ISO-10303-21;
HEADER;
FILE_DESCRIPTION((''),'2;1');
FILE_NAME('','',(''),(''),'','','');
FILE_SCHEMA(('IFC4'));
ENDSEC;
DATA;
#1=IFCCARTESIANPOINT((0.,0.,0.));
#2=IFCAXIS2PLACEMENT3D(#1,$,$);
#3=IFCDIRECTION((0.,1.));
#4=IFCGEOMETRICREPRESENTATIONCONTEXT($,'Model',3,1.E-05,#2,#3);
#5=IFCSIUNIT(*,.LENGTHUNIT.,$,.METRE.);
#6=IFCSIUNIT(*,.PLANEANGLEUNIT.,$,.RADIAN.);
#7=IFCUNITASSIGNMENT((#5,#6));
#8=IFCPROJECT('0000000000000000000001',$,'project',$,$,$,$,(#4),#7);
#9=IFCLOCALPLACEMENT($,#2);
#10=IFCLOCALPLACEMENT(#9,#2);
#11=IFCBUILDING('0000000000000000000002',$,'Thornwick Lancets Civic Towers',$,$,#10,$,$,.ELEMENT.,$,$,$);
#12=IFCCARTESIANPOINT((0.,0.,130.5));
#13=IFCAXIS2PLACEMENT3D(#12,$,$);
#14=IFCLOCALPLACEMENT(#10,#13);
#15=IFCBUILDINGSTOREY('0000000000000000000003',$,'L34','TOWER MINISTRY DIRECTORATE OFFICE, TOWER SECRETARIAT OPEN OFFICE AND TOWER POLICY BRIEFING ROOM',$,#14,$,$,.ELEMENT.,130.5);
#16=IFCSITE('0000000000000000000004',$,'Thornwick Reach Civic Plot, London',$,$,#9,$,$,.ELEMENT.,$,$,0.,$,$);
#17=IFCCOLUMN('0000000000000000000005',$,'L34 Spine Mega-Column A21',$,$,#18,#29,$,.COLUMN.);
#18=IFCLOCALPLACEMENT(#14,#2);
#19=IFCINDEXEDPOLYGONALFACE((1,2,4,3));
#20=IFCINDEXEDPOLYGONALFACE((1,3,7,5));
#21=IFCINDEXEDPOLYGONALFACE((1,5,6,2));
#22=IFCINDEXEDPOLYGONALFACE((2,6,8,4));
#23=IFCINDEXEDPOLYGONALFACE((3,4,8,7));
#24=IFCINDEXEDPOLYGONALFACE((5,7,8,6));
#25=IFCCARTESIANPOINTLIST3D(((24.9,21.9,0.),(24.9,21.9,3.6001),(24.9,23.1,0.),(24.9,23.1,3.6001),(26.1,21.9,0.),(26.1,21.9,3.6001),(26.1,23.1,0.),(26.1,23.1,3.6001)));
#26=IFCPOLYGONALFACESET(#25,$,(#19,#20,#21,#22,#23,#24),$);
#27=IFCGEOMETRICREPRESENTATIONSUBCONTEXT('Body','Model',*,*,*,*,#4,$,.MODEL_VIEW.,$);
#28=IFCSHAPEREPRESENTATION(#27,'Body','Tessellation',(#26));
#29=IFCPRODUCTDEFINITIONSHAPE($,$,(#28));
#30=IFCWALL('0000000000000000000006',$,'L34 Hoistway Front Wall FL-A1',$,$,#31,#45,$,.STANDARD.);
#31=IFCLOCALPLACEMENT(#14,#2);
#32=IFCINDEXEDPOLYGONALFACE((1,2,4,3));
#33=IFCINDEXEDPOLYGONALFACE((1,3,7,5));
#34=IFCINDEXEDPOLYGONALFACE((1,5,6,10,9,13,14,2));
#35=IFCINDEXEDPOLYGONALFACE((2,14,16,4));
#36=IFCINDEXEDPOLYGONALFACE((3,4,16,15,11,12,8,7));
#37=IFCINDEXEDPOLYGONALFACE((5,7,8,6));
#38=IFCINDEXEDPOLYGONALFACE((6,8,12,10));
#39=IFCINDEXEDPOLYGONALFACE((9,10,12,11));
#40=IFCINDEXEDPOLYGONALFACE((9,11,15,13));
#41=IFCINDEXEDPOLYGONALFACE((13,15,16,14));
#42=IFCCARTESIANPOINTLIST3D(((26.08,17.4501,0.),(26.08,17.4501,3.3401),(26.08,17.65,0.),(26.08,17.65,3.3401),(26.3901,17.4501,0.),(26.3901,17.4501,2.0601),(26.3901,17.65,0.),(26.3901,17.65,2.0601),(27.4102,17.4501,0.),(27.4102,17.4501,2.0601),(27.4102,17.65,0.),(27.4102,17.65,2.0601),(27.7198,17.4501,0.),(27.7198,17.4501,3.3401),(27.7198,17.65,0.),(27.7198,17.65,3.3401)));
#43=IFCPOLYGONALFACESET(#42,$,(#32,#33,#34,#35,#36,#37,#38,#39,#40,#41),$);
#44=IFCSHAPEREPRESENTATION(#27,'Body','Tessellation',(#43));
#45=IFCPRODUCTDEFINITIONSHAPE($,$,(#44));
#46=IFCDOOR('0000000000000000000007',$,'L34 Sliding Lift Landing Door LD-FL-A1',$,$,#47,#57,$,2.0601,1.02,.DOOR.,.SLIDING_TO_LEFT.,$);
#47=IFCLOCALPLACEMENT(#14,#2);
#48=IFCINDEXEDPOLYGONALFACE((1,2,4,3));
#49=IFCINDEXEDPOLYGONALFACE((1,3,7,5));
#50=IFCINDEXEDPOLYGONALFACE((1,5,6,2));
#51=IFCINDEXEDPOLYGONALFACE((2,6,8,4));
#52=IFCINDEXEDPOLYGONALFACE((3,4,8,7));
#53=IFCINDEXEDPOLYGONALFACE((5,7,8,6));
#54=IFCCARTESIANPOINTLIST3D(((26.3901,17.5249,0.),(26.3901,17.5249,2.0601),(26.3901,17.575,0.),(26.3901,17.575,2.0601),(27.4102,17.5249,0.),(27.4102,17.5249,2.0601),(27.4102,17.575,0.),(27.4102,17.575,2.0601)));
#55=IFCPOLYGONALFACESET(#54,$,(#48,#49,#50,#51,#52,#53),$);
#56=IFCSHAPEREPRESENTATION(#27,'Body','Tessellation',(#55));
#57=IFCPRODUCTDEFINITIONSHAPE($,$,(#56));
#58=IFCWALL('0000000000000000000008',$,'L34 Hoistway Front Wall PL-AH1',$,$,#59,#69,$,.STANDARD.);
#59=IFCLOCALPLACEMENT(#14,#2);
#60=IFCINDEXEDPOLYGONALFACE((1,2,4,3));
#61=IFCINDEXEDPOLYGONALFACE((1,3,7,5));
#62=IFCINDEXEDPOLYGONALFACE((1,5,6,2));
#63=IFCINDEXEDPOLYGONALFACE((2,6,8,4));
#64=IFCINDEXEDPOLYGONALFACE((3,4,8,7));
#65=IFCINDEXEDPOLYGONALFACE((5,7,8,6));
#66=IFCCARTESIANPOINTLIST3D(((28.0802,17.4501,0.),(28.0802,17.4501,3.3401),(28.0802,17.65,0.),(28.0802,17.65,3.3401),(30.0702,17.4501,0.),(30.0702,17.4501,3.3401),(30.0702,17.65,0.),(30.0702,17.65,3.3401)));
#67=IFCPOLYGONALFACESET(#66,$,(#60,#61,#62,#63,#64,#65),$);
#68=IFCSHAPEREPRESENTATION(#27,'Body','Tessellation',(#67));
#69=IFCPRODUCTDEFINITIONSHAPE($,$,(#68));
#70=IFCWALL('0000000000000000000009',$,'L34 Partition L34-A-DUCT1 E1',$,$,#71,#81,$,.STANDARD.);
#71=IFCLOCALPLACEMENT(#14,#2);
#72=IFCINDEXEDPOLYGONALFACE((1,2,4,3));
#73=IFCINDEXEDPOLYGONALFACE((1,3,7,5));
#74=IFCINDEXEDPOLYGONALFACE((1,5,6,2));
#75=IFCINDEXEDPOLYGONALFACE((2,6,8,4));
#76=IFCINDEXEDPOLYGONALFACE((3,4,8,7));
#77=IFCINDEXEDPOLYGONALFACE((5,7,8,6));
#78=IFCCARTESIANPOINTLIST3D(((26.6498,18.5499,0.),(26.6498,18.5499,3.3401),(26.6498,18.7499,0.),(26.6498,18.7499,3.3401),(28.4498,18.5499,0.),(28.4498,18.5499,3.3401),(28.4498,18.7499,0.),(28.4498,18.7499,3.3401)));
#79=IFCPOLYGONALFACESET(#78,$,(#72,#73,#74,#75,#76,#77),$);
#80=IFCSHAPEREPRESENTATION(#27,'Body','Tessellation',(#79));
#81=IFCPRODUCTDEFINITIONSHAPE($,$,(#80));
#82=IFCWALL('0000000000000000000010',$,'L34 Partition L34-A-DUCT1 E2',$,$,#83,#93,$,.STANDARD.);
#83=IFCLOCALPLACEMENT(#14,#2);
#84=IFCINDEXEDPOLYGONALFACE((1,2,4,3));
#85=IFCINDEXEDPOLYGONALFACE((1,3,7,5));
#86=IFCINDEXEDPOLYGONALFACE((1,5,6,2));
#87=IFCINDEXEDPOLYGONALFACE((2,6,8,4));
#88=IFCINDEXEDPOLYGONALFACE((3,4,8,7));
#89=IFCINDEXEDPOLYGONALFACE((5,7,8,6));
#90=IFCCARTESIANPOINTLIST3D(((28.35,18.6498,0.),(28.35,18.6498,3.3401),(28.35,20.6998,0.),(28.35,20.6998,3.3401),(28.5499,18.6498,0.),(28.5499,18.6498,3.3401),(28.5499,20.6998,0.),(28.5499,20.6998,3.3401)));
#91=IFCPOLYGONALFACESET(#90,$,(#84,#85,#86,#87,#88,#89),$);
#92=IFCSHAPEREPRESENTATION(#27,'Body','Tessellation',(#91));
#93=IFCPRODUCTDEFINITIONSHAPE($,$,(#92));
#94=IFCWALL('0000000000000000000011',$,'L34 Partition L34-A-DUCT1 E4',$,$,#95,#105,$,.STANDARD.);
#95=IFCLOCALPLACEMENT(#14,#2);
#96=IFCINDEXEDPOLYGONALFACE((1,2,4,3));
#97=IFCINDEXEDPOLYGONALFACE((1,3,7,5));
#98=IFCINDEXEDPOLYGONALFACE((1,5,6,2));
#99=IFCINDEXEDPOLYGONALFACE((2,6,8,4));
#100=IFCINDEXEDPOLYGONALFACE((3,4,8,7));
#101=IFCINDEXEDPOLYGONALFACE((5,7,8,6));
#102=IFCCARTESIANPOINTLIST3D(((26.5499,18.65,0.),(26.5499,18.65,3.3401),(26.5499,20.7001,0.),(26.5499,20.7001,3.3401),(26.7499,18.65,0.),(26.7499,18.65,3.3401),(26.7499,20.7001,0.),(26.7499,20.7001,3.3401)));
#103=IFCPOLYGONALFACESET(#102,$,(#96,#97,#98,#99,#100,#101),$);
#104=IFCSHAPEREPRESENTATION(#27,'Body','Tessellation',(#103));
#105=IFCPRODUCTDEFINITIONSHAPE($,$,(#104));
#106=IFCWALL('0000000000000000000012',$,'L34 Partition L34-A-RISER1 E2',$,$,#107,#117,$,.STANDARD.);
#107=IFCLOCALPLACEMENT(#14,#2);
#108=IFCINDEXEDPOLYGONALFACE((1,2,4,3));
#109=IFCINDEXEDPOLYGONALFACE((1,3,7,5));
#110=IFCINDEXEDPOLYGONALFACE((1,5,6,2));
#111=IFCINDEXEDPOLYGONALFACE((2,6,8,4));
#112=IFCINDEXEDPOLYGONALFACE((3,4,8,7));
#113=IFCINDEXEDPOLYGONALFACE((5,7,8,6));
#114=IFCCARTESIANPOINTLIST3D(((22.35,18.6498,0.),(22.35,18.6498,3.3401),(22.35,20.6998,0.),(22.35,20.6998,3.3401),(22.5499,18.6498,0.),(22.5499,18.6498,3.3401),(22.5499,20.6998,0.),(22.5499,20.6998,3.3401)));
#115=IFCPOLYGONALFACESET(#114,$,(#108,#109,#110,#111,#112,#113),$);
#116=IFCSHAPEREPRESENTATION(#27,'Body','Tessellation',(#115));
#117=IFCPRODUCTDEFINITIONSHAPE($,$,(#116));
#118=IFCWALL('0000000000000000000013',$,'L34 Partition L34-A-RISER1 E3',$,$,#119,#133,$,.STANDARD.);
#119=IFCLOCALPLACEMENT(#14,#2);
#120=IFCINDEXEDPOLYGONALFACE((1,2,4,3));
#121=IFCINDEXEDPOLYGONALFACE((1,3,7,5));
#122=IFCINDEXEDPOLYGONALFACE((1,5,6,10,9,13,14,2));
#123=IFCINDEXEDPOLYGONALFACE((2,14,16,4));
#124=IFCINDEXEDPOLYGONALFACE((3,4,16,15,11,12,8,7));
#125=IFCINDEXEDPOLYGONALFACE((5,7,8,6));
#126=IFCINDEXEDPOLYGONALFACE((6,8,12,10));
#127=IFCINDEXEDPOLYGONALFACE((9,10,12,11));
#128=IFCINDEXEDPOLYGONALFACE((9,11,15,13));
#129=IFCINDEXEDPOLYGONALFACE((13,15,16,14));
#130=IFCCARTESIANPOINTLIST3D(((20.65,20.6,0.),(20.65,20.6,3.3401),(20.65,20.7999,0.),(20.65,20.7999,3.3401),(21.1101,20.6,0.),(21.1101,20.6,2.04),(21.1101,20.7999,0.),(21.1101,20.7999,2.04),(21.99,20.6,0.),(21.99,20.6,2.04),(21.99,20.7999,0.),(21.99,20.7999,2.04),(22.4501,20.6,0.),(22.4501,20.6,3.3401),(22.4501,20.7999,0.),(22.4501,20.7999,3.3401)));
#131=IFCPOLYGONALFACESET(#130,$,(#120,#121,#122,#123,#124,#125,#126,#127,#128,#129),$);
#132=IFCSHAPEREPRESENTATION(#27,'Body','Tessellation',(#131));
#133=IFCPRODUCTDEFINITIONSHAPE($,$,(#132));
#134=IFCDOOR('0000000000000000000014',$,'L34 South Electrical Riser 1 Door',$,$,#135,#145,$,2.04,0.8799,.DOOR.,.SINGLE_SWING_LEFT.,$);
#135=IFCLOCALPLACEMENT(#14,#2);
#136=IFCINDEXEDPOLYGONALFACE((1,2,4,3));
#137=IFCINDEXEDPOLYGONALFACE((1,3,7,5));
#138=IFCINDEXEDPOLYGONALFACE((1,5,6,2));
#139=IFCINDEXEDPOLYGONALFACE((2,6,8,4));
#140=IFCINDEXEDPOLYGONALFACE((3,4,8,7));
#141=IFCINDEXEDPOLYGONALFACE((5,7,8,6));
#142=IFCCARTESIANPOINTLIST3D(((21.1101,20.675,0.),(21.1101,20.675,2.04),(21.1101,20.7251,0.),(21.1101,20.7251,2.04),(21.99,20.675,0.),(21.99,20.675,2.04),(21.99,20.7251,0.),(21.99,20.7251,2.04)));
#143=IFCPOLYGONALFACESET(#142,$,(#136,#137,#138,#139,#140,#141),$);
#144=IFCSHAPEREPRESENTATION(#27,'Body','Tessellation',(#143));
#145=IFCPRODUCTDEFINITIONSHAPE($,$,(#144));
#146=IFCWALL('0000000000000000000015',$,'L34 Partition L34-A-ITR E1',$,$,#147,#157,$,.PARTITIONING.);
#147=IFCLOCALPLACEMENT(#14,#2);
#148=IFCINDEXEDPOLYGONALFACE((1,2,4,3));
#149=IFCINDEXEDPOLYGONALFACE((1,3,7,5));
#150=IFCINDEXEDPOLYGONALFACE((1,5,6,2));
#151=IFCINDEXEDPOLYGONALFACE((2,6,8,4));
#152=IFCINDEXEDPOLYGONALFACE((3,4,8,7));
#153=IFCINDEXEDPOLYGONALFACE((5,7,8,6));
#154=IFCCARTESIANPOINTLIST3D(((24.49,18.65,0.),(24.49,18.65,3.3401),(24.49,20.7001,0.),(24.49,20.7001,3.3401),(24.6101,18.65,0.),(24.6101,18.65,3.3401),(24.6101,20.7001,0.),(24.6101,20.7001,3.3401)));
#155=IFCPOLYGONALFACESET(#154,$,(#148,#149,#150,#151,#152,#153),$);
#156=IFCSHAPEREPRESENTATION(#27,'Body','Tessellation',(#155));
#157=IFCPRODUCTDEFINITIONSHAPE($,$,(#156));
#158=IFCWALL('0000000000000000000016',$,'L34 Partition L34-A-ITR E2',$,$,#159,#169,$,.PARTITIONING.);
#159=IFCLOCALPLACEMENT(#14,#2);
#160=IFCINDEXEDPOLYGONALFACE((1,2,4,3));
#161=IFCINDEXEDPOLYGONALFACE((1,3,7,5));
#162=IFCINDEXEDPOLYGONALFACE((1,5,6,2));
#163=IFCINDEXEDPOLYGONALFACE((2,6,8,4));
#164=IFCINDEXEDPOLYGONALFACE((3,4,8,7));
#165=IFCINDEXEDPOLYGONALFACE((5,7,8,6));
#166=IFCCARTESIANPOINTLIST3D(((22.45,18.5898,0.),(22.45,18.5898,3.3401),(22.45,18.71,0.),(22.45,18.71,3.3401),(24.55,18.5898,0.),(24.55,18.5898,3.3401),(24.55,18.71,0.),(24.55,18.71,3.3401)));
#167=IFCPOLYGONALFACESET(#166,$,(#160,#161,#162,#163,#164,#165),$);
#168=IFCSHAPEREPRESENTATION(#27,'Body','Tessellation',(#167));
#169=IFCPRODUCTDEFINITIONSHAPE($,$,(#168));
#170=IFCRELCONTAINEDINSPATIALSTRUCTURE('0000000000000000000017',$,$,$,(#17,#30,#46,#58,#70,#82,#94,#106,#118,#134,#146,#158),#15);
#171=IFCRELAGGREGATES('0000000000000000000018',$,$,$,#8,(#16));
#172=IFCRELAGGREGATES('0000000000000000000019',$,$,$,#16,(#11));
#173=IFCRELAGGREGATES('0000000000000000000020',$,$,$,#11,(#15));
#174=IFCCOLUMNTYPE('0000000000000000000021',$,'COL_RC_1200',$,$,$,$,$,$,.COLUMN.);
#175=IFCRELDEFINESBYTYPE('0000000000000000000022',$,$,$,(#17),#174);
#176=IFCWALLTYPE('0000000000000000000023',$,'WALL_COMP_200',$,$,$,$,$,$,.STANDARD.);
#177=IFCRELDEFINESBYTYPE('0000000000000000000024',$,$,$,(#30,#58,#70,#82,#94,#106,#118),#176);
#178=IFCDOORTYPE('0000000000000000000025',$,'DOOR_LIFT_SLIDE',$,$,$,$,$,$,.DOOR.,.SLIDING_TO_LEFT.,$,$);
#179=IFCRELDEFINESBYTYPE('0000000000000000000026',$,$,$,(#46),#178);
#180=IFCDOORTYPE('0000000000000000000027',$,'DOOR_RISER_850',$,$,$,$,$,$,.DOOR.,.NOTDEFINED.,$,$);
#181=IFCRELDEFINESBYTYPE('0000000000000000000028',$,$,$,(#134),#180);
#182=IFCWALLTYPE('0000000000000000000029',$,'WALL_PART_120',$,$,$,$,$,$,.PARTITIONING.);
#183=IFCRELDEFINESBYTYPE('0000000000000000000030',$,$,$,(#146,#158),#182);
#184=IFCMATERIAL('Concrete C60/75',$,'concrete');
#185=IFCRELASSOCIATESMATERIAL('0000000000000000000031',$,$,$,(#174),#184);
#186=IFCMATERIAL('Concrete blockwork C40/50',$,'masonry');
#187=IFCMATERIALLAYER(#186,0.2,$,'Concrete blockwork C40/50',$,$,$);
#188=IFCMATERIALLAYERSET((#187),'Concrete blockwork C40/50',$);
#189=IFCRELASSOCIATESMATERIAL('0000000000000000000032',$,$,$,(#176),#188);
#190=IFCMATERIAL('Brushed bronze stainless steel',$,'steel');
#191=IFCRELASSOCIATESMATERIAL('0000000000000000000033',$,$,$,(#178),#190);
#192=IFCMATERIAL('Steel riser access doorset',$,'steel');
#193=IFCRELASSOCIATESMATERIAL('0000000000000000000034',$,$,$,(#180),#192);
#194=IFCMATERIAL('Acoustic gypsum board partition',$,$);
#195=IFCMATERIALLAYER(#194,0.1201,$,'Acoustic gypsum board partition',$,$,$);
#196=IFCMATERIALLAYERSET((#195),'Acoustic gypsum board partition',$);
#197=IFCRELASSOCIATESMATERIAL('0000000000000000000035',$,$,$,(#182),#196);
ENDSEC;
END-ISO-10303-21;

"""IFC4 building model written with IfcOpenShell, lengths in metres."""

from ifc_helpers import new_model, si_unit, direction, frame, frame_2d, origin, origin_2d, place, context, subcontext, project, spatial, rectangle, extrude, material, layer, layer_set, material_profile, profile_set, type_object, element, fill, save


model = new_model("IFC4")

# Units and contexts
model_context = context("Model", 3, precision=1e-05, world=origin(), true_north=direction((0.0, 1.0)))
body_context = subcontext(model_context, "Body", "Model", "MODEL_VIEW")
ifc_project = project(units=[si_unit("LENGTHUNIT", "METRE"), si_unit("PLANEANGLEUNIT", "RADIAN")], contexts=[model_context])

# Site, building, storey
site_placement = place(None, origin())
site = spatial("IfcSite", under=ifc_project, at=site_placement, Name="Thornwick Reach Civic Plot, London", CompositionType="ELEMENT", RefElevation=0.0)
building_placement = place(site_placement, origin())
building = spatial("IfcBuilding", under=site, at=building_placement, Name="Thornwick Lancets Civic Towers", CompositionType="ELEMENT")
storey_placement = place(building_placement, frame((0.0, 0.0, 130.5)))
storey = spatial("IfcBuildingStorey", under=building, at=storey_placement, Name="L34", Description="TOWER MINISTRY DIRECTORATE OFFICE, TOWER SECRETARIAT OPEN OFFICE AND TOWER POLICY BRIEFING ROOM", CompositionType="ELEMENT", Elevation=130.5)

# Column
ifc_material_1 = material(Name="Concrete C60/75", Category="concrete")
ifc_material_profile = material_profile(ifc_material_1, rectangle(XDim=1.2, YDim=1.2, at=origin_2d()), Name="RC 1200x1200")
ifc_profile_set = profile_set([ifc_material_profile], Name="Concrete C60/75")
column_type = type_object("IfcColumnType", Name="COL_RC_1200", PredefinedType="COLUMN", material=ifc_profile_set)
column_placement = place(storey_placement, frame((25.5, 22.5, 0.0), z_axis=(0.0, 0.0, 1.0), x_axis=(1.0, 0.0, 0.0)))
element("IfcColumn", 1, at=column_placement, inside=storey, type_object=column_type, Name="L34 Spine Mega-Column A21", PredefinedType="COLUMN", context=body_context, shape_type="SweptSolid", body=[
    extrude(rectangle(XDim=1.2, YDim=1.2, at=origin_2d()), origin(), (0.0, 0.0, 1.0), 3.6001),
])

# Wall, opening, door
ifc_material_2 = material(Name="Concrete blockwork C40/50", Category="masonry")
ifc_layer_1 = layer(ifc_material_2, 0.2, Name="Concrete blockwork C40/50")
ifc_layer_set_1 = layer_set([ifc_layer_1], Name="Concrete blockwork C40/50")
wall_type_1 = type_object("IfcWallType", Name="WALL_COMP_200", PredefinedType="STANDARD", material=ifc_layer_set_1)
wall_1_placement = place(storey_placement, frame((26.0801, 17.55, 0.0), z_axis=(0.0, 0.0, 1.0), x_axis=(1.0, 0.0, 0.0)))
wall_1 = element("IfcWall", 2, at=wall_1_placement, inside=storey, type_object=wall_type_1, Name="L34 Hoistway Front Wall FL-A1", PredefinedType="STANDARD", context=body_context, shape_type="SweptSolid", body=[
    extrude(rectangle(XDim=1.6399, YDim=0.2, at=frame_2d((0.8198, 0.0))), origin(), (0.0, 0.0, 1.0), 3.3401),
])
opening_1_placement = place(wall_1_placement, frame((0.3101, 0.0, 0.0)))
opening_1 = element("IfcOpeningElement", 3, at=opening_1_placement, cuts=wall_1, PredefinedType="OPENING", context=body_context, shape_type="SweptSolid", body=[
    extrude(rectangle(XDim=1.02, YDim=2.0601, at=frame_2d((0.51, 1.03))), frame((0.0, 0.1099, 0.0), z_axis=(0.0, -1.0, 0.0), x_axis=(1.0, 0.0, 0.0)), (0.0, 0.0, 1.0), 0.22),
])
ifc_material_3 = material(Name="Brushed bronze stainless steel", Category="steel")
door_type_1 = type_object("IfcDoorType", Name="DOOR_LIFT_SLIDE", OperationType="SLIDING_TO_LEFT", PredefinedType="DOOR", material=ifc_material_3)
door_1_placement = place(opening_1_placement, origin())
door_1 = element("IfcDoor", 4, at=door_1_placement, inside=storey, type_object=door_type_1, Name="L34 Sliding Lift Landing Door LD-FL-A1", OperationType="SLIDING_TO_LEFT", OverallHeight=2.0601, OverallWidth=1.02, PredefinedType="DOOR", context=body_context, shape_type="SweptSolid", body=[
    extrude(rectangle(XDim=1.02, YDim=2.0601, at=frame_2d((0.51, 1.03))), frame((0.0, 0.0249, 0.0), z_axis=(0.0, -1.0, 0.0), x_axis=(1.0, 0.0, 0.0)), (0.0, 0.0, 1.0), 0.05),
])
fill(opening_1, door_1)

# Walls
wall_2_placement = place(storey_placement, frame((28.0801, 17.55, 0.0), z_axis=(0.0, 0.0, 1.0), x_axis=(1.0, 0.0, 0.0)))
element("IfcWall", 5, at=wall_2_placement, inside=storey, type_object=wall_type_1, Name="L34 Hoistway Front Wall PL-AH1", PredefinedType="STANDARD", context=body_context, shape_type="SweptSolid", body=[
    extrude(rectangle(XDim=1.99, YDim=0.2, at=frame_2d((0.9951, 0.0))), origin(), (0.0, 0.0, 1.0), 3.3401),
])
wall_3_placement = place(storey_placement, frame((26.6499, 18.6499, 0.0), z_axis=(0.0, 0.0, 1.0), x_axis=(1.0, 0.0, 0.0)))
element("IfcWall", 6, at=wall_3_placement, inside=storey, type_object=wall_type_1, Name="L34 Partition L34-A-DUCT1 E1", PredefinedType="STANDARD", context=body_context, shape_type="SweptSolid", body=[
    extrude(rectangle(XDim=1.8, YDim=0.2, at=frame_2d((0.8999, 0.0))), origin(), (0.0, 0.0, 1.0), 3.3401),
])
for number, where, z_axis, x_axis, name in (
    (7, (28.45, 18.6499, 0.0), (0.0, 0.0, 1.0), (0.0, 1.0, 0.0), "L34 Partition L34-A-DUCT1 E2"),
    (8, (26.6499, 20.7, 0.0), (0.0, 0.0, 1.0), (0.0, -1.0, 0.0), "L34 Partition L34-A-DUCT1 E4"),
    (9, (22.45, 18.6499, 0.0), (0.0, 0.0, 1.0), (0.0, 1.0, 0.0), "L34 Partition L34-A-RISER1 E2"),
):
    element("IfcWall", number, at=place(storey_placement, frame(where, z_axis=z_axis, x_axis=x_axis)), inside=storey, type_object=wall_type_1, Name=name, PredefinedType="STANDARD", context=body_context, shape_type="SweptSolid", body=[
        extrude(rectangle(XDim=2.05, YDim=0.2, at=frame_2d((1.0249, 0.0))), origin(), (0.0, 0.0, 1.0), 3.3401),
    ])

# Wall, opening, door
wall_4_placement = place(storey_placement, frame((22.45, 20.7, 0.0), z_axis=(0.0, 0.0, 1.0), x_axis=(-1.0, 0.0, 0.0)))
wall_4 = element("IfcWall", 10, at=wall_4_placement, inside=storey, type_object=wall_type_1, Name="L34 Partition L34-A-RISER1 E3", PredefinedType="STANDARD", context=body_context, shape_type="SweptSolid", body=[
    extrude(rectangle(XDim=1.8, YDim=0.2, at=frame_2d((0.8999, 0.0))), origin(), (0.0, 0.0, 1.0), 3.3401),
])
opening_2_placement = place(wall_4_placement, frame((0.46, 0.0, 0.0)))
opening_2 = element("IfcOpeningElement", 11, at=opening_2_placement, cuts=wall_4, PredefinedType="OPENING", context=body_context, shape_type="SweptSolid", body=[
    extrude(rectangle(XDim=0.8799, YDim=2.04, at=frame_2d((0.4399, 1.02))), frame((0.0, 0.1099, 0.0), z_axis=(0.0, -1.0, 0.0), x_axis=(1.0, 0.0, 0.0)), (0.0, 0.0, 1.0), 0.22),
])
ifc_material_4 = material(Name="Steel riser access doorset", Category="steel")
door_type_2 = type_object("IfcDoorType", Name="DOOR_RISER_850", OperationType="NOTDEFINED", PredefinedType="DOOR", material=ifc_material_4)
door_2_placement = place(opening_2_placement, origin())
door_2 = element("IfcDoor", 12, at=door_2_placement, inside=storey, type_object=door_type_2, Name="L34 South Electrical Riser 1 Door", OperationType="SINGLE_SWING_LEFT", OverallHeight=2.04, OverallWidth=0.8799, PredefinedType="DOOR", context=body_context, shape_type="SweptSolid", body=[
    extrude(rectangle(XDim=0.8799, YDim=2.04, at=frame_2d((0.4399, 1.02))), frame((0.0, 0.0249, 0.0), z_axis=(0.0, -1.0, 0.0), x_axis=(1.0, 0.0, 0.0)), (0.0, 0.0, 1.0), 0.05),
])
fill(opening_2, door_2)

# Walls
ifc_material_5 = material(Name="Acoustic gypsum board partition")
ifc_layer_2 = layer(ifc_material_5, 0.1201, Name="Acoustic gypsum board partition")
ifc_layer_set_2 = layer_set([ifc_layer_2], Name="Acoustic gypsum board partition")
wall_type_2 = type_object("IfcWallType", Name="WALL_PART_120", PredefinedType="PARTITIONING", material=ifc_layer_set_2)
wall_5_placement = place(storey_placement, frame((24.55, 20.7, 0.0), z_axis=(0.0, 0.0, 1.0), x_axis=(0.0, -1.0, 0.0)))
element("IfcWall", 13, at=wall_5_placement, inside=storey, type_object=wall_type_2, Name="L34 Partition L34-A-ITR E1", PredefinedType="PARTITIONING", context=body_context, shape_type="SweptSolid", body=[
    extrude(rectangle(XDim=2.05, YDim=0.1201, at=frame_2d((1.0249, 0.0))), origin(), (0.0, 0.0, 1.0), 3.3401),
])
wall_6_placement = place(storey_placement, frame((24.55, 18.6499, 0.0), z_axis=(0.0, 0.0, 1.0), x_axis=(-1.0, 0.0, 0.0)))
element("IfcWall", 14, at=wall_6_placement, inside=storey, type_object=wall_type_2, Name="L34 Partition L34-A-ITR E2", PredefinedType="PARTITIONING", context=body_context, shape_type="SweptSolid", body=[
    extrude(rectangle(XDim=2.1001, YDim=0.1201, at=frame_2d((1.05, 0.0))), origin(), (0.0, 0.0, 1.0), 3.3401),
])

save(model, "model.ifc")
